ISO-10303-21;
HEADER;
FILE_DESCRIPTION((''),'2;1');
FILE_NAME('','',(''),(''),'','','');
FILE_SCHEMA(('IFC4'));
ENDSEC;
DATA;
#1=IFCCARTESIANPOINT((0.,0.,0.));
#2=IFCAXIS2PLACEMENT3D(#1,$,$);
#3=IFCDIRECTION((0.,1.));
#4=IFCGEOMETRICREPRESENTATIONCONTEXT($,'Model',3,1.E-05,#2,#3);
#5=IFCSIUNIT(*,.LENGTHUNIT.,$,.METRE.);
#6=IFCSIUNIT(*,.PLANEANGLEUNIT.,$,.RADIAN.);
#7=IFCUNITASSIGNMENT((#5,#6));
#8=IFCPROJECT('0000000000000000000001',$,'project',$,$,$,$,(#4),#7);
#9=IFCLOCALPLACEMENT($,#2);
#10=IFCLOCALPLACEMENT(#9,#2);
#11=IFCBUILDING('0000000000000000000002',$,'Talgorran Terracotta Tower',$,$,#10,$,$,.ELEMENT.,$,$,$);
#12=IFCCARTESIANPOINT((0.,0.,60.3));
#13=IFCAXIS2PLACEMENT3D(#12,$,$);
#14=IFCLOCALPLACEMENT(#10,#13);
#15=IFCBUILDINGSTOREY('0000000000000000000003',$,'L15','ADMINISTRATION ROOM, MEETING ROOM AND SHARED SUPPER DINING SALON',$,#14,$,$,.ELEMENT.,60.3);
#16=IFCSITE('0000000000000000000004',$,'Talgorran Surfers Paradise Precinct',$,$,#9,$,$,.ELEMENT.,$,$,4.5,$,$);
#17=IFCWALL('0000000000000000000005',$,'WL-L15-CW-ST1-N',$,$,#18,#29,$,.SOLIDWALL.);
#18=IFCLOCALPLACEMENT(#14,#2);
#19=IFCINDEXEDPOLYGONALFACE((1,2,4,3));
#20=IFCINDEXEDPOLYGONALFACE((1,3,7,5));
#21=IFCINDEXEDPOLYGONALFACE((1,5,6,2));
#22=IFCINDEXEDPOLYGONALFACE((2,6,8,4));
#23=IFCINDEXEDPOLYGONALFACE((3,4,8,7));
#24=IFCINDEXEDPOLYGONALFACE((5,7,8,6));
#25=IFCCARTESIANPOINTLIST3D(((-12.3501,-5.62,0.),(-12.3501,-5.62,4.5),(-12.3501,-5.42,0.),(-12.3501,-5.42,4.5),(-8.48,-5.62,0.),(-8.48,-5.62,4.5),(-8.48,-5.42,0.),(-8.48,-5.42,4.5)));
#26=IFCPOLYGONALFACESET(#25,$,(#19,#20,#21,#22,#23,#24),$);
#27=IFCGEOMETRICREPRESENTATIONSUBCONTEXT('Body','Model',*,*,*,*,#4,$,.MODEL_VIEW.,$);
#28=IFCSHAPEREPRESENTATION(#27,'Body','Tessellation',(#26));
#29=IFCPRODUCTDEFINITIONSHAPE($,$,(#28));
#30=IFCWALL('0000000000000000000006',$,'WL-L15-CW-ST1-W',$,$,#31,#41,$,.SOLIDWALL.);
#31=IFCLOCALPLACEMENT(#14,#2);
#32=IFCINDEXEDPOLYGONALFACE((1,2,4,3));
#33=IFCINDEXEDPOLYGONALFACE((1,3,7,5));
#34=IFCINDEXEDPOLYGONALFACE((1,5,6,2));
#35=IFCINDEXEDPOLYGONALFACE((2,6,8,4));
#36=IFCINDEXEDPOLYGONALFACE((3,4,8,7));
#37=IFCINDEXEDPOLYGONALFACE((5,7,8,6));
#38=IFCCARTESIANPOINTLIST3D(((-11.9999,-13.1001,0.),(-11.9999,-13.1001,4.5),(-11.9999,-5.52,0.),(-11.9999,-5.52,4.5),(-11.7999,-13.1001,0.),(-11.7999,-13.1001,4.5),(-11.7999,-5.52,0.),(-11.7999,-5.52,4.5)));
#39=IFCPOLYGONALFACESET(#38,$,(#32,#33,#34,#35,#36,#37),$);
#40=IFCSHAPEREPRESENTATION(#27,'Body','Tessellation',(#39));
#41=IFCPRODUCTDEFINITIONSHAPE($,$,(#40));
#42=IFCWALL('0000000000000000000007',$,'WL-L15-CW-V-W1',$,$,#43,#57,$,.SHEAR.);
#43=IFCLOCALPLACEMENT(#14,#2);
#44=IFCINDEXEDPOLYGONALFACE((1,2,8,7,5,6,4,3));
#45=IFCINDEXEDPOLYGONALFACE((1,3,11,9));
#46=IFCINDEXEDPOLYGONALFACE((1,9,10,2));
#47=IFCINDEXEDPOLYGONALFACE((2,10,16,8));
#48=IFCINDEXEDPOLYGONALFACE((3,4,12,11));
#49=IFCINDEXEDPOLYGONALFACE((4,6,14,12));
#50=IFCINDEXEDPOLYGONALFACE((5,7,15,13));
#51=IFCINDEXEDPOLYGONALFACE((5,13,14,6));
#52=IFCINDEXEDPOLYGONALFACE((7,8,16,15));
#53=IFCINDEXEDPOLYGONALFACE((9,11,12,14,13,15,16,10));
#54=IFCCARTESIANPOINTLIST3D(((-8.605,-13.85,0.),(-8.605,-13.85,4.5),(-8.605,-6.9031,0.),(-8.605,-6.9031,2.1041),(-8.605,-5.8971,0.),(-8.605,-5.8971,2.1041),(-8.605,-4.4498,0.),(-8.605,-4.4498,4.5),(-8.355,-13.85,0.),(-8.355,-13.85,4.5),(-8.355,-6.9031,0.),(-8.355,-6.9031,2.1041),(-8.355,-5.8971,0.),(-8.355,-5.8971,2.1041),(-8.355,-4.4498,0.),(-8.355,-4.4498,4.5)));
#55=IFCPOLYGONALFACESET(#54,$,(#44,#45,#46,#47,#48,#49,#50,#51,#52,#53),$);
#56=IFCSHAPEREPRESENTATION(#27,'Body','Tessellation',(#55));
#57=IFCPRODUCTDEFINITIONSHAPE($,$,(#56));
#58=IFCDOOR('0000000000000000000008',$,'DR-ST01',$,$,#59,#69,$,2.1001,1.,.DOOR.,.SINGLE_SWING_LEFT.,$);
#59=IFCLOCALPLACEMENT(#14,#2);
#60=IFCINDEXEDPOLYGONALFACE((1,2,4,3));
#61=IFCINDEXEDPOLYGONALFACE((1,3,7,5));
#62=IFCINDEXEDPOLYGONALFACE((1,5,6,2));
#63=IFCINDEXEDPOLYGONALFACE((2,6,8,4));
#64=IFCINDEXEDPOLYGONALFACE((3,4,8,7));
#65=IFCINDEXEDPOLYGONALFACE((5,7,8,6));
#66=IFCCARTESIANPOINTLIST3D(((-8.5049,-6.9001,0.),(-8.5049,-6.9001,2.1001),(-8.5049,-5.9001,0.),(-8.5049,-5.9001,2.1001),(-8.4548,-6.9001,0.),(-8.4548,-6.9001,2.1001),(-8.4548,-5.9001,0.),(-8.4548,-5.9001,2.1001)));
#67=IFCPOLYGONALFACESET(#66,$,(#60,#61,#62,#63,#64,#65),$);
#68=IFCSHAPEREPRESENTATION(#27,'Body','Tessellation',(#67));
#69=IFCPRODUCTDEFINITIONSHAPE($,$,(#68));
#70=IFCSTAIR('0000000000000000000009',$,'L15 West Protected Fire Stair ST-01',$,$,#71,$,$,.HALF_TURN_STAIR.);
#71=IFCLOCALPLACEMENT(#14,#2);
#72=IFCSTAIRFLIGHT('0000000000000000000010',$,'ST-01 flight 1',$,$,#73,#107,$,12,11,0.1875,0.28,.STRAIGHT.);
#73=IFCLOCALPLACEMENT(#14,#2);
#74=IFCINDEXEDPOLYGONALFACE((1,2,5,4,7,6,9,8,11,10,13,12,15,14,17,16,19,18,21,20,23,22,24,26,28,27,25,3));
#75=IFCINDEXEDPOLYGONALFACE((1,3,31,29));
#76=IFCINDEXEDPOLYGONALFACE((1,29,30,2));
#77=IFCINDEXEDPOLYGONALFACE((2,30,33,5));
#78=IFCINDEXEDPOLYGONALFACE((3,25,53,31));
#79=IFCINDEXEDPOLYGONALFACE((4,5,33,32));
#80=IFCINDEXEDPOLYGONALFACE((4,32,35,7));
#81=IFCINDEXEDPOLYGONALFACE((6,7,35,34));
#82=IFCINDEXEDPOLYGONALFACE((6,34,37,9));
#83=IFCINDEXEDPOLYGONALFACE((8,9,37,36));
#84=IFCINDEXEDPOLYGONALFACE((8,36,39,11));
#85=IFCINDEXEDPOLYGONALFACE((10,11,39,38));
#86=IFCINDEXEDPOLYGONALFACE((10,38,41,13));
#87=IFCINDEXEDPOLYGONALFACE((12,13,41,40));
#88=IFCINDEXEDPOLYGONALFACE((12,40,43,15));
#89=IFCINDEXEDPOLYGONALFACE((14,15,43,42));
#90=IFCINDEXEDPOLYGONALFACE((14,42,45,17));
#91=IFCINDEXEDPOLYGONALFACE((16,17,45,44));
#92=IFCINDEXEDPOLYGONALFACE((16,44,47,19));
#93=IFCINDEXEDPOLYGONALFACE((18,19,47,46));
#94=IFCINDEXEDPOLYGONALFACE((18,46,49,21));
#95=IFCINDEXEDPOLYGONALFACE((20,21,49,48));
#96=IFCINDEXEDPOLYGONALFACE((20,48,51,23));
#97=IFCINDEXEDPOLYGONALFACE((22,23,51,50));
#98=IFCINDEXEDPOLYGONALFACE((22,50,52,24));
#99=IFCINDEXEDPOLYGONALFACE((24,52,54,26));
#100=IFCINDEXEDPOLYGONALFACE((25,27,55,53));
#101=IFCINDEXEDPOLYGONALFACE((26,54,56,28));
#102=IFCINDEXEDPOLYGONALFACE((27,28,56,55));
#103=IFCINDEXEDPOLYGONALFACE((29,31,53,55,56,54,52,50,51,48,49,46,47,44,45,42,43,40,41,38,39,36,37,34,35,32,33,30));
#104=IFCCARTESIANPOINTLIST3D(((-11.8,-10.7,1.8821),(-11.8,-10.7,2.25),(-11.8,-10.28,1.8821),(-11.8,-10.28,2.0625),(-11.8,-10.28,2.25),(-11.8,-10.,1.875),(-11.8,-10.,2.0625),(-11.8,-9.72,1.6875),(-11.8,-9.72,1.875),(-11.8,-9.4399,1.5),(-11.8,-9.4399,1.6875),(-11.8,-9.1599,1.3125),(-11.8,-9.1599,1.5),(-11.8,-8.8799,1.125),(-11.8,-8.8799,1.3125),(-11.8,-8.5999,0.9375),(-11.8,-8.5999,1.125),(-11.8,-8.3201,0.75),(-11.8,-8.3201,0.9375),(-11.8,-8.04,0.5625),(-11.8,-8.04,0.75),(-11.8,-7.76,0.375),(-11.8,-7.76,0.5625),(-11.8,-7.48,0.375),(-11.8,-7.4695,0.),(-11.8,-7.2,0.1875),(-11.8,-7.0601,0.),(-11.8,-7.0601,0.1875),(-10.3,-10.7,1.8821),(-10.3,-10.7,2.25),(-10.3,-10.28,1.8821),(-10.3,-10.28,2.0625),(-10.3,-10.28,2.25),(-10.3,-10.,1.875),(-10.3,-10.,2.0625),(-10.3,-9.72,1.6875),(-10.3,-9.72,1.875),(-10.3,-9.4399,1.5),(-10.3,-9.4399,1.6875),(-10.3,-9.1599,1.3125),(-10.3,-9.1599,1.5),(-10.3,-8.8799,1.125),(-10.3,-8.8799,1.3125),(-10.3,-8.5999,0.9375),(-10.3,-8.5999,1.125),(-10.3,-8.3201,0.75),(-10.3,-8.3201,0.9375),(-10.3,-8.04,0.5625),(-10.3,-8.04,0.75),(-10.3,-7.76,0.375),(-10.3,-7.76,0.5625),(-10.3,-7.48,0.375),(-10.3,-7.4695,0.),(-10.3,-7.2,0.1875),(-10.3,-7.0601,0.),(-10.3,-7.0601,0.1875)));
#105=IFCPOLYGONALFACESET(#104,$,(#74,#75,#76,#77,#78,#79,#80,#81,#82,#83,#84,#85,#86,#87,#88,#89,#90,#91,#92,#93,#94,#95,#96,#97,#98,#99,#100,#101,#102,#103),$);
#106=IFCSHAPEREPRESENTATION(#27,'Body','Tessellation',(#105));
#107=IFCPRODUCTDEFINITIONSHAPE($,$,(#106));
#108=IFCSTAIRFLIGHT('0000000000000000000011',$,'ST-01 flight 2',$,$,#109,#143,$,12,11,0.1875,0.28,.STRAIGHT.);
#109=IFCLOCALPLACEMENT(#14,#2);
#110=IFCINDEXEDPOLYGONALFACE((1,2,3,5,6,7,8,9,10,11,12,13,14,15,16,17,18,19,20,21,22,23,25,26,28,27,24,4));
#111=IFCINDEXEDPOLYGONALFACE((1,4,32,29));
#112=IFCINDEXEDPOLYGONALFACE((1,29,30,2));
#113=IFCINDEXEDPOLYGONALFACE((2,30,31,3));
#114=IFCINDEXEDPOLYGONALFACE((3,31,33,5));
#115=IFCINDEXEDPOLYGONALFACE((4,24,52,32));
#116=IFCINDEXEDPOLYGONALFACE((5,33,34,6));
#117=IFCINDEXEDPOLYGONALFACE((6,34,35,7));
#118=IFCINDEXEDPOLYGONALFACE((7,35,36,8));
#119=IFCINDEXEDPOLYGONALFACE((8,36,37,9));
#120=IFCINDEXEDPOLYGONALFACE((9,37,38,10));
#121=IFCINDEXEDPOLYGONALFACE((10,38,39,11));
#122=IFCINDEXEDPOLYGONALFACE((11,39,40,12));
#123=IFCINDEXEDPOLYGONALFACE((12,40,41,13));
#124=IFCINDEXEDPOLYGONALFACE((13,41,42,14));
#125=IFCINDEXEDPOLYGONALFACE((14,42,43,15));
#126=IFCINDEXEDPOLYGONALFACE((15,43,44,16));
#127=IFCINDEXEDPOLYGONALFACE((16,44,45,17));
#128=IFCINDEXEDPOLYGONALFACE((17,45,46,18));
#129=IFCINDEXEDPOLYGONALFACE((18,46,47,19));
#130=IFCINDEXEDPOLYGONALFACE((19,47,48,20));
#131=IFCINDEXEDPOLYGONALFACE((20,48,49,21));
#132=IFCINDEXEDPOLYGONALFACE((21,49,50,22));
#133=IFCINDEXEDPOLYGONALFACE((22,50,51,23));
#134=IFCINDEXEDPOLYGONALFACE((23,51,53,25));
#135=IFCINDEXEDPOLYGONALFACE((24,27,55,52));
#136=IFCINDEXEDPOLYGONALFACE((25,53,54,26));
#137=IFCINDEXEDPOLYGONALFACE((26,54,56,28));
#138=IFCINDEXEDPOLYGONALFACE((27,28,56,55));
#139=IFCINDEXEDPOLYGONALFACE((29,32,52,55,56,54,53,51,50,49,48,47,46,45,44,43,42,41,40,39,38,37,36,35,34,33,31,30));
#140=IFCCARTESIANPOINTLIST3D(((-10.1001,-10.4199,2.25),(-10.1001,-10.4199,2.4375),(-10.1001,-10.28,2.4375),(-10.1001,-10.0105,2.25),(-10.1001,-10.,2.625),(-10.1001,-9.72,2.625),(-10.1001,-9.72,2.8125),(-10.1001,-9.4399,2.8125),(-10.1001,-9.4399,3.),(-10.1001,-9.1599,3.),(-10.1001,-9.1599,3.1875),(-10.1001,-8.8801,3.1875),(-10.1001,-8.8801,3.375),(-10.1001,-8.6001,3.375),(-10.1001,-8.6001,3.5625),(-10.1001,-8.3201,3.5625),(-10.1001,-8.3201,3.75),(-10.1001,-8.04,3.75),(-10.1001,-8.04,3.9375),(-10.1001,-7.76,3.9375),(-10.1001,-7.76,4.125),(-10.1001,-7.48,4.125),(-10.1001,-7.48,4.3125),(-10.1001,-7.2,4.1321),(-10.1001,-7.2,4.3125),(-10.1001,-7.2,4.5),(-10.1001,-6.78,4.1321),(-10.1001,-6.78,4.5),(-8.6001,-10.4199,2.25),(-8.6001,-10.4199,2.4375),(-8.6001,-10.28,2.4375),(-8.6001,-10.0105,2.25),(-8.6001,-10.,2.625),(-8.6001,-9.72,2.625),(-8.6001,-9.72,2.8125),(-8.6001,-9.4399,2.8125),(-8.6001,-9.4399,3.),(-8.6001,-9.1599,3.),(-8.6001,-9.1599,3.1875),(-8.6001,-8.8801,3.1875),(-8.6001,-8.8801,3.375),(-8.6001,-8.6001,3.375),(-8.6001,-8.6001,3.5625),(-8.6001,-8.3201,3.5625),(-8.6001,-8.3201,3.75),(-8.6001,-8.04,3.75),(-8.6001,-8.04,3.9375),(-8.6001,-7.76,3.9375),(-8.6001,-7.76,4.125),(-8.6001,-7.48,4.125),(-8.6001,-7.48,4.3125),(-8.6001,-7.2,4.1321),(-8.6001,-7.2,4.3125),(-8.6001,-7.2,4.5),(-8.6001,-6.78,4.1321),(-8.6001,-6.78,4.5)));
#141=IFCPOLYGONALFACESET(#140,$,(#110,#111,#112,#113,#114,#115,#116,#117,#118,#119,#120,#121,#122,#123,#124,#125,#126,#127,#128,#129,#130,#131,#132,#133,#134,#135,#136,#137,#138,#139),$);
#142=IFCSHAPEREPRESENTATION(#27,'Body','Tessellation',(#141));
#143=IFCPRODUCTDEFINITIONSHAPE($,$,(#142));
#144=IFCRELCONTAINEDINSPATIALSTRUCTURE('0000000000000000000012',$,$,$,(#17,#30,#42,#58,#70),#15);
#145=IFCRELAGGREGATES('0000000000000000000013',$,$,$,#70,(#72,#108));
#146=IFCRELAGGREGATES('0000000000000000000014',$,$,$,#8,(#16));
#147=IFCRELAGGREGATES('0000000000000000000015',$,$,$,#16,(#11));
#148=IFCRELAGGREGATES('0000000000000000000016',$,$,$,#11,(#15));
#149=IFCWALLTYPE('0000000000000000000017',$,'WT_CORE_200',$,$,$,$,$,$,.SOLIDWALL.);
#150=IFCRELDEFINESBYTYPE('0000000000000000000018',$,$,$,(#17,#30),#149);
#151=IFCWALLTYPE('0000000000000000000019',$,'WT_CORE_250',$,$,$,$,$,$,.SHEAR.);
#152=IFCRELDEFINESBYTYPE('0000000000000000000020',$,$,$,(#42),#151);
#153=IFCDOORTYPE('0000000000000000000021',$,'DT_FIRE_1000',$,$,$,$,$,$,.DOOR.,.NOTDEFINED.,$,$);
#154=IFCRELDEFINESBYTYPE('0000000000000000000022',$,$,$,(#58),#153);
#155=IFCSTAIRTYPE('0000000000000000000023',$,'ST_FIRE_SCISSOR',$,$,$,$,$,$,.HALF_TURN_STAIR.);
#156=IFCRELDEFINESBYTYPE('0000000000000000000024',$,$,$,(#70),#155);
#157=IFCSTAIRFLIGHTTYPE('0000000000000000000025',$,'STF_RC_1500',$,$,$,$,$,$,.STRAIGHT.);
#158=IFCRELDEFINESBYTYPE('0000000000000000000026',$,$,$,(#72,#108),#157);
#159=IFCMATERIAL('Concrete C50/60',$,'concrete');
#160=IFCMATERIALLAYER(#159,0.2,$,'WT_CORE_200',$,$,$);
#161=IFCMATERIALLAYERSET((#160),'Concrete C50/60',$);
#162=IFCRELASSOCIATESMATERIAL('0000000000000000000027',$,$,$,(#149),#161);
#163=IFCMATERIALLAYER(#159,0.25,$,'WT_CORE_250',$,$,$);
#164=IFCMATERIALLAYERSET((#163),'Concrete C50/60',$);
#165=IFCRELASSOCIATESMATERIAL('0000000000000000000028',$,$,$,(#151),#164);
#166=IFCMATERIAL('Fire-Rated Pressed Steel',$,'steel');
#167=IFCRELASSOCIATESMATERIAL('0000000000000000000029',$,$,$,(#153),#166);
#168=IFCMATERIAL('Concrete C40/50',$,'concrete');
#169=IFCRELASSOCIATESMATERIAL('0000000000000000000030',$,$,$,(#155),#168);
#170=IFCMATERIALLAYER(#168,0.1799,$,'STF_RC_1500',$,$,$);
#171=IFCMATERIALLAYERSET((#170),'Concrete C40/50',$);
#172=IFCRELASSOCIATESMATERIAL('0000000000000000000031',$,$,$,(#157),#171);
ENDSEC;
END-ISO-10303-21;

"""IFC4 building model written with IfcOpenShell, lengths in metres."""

from ifc_helpers import new_model, si_unit, direction, frame, frame_2d, origin, place, context, subcontext, project, spatial, polyline, rectangle, outline, extrude, material, layer, layer_set, type_object, element, fill, aggregate, save


model = new_model("IFC4")

# Units and contexts
model_context = context("Model", 3, precision=1e-05, world=origin(), true_north=direction((0.0, 1.0)))
body_context = subcontext(model_context, "Body", "Model", "MODEL_VIEW")
ifc_project = project(units=[si_unit("LENGTHUNIT", "METRE"), si_unit("PLANEANGLEUNIT", "RADIAN")], contexts=[model_context])

# Site, building, storey
site_placement = place(None, origin())
site = spatial("IfcSite", under=ifc_project, at=site_placement, Name="Talgorran Surfers Paradise Precinct", CompositionType="ELEMENT", RefElevation=4.5)
building_placement = place(site_placement, origin())
building = spatial("IfcBuilding", under=site, at=building_placement, Name="Talgorran Terracotta Tower", CompositionType="ELEMENT")
storey_placement = place(building_placement, frame((0.0, 0.0, 60.3)))
storey = spatial("IfcBuildingStorey", under=building, at=storey_placement, Name="L15", Description="ADMINISTRATION ROOM, MEETING ROOM AND SHARED SUPPER DINING SALON", CompositionType="ELEMENT", Elevation=60.3)

# Walls
ifc_material_1 = material(Name="Concrete C50/60", Category="concrete")
ifc_layer_1 = layer(ifc_material_1, 0.2, Name="WT_CORE_200")
ifc_layer_set_1 = layer_set([ifc_layer_1], Name="Concrete C50/60")
wall_type_1 = type_object("IfcWallType", Name="WT_CORE_200", PredefinedType="SOLIDWALL", material=ifc_layer_set_1)
wall_1_placement = place(storey_placement, frame((-12.3501, -5.52, 0.0), z_axis=(0.0, 0.0, 1.0), x_axis=(1.0, 0.0, 0.0)))
element("IfcWall", 1, at=wall_1_placement, inside=storey, type_object=wall_type_1, Name="WL-L15-CW-ST1-N", PredefinedType="SOLIDWALL", context=body_context, shape_type="SweptSolid", body=[
    extrude(rectangle(XDim=3.8701, YDim=0.2, at=frame_2d((1.9351, 0.0))), origin(), (0.0, 0.0, 1.0), 4.5),
])
wall_2_placement = place(storey_placement, frame((-11.8999, -13.1001, 0.0), z_axis=(0.0, 0.0, 1.0), x_axis=(0.0, 1.0, 0.0)))
element("IfcWall", 2, at=wall_2_placement, inside=storey, type_object=wall_type_1, Name="WL-L15-CW-ST1-W", PredefinedType="SOLIDWALL", context=body_context, shape_type="SweptSolid", body=[
    extrude(rectangle(XDim=7.5801, YDim=0.2, at=frame_2d((3.79, 0.0))), origin(), (0.0, 0.0, 1.0), 4.5),
])

# Wall, opening, door
ifc_layer_2 = layer(ifc_material_1, 0.25, Name="WT_CORE_250")
ifc_layer_set_2 = layer_set([ifc_layer_2], Name="Concrete C50/60")
wall_type_2 = type_object("IfcWallType", Name="WT_CORE_250", PredefinedType="SHEAR", material=ifc_layer_set_2)
wall_3_placement = place(storey_placement, frame((-8.48, -13.8501, 0.0), z_axis=(0.0, 0.0, 1.0), x_axis=(0.0, 1.0, 0.0)))
wall_3 = element("IfcWall", 3, at=wall_3_placement, inside=storey, type_object=wall_type_2, Name="WL-L15-CW-V-W1", PredefinedType="SHEAR", context=body_context, shape_type="SweptSolid", body=[
    extrude(rectangle(XDim=9.4001, YDim=0.25, at=frame_2d((4.7002, 0.0))), origin(), (0.0, 0.0, 1.0), 4.5),
])
opening_placement = place(wall_3_placement, frame((6.95, 0.0, 0.0)))
opening = element("IfcOpeningElement", 4, at=opening_placement, cuts=wall_3, PredefinedType="OPENING", context=body_context, shape_type="SweptSolid", body=[
    extrude(rectangle(XDim=1.006, YDim=2.1041, at=frame_2d((0.5, 1.052))), frame((0.0, 0.135, 0.0), z_axis=(0.0, -1.0, 0.0), x_axis=(1.0, 0.0, 0.0)), (0.0, 0.0, 1.0), 0.27),
])
ifc_material_2 = material(Name="Fire-Rated Pressed Steel", Category="steel")
door_type = type_object("IfcDoorType", Name="DT_FIRE_1000", OperationType="NOTDEFINED", PredefinedType="DOOR", material=ifc_material_2)
door_placement = place(opening_placement, origin())
door = element("IfcDoor", 5, at=door_placement, inside=storey, type_object=door_type, Name="DR-ST01", OperationType="SINGLE_SWING_LEFT", OverallHeight=2.1001, OverallWidth=1.0, PredefinedType="DOOR", context=body_context, shape_type="SweptSolid", body=[
    extrude(rectangle(XDim=1.0, YDim=2.1001, at=frame_2d((0.5, 1.05))), frame((0.0, 0.0249, 0.0), z_axis=(0.0, -1.0, 0.0), x_axis=(1.0, 0.0, 0.0)), (0.0, 0.0, 1.0), 0.05),
])
fill(opening, door)

# Stair, stair flights
ifc_material_3 = material(Name="Concrete C40/50", Category="concrete")
stair_type = type_object("IfcStairType", Name="ST_FIRE_SCISSOR", PredefinedType="HALF_TURN_STAIR", material=ifc_material_3)
stair_placement = place(storey_placement, origin())
stair = element("IfcStair", 6, at=stair_placement, inside=storey, type_object=stair_type, Name="L15 West Protected Fire Stair ST-01", PredefinedType="HALF_TURN_STAIR")
ifc_layer_3 = layer(ifc_material_3, 0.1799, Name="STF_RC_1500")
ifc_layer_set_3 = layer_set([ifc_layer_3], Name="Concrete C40/50")
stair_flight_type = type_object("IfcStairFlightType", Name="STF_RC_1500", PredefinedType="STRAIGHT", material=ifc_layer_set_3)
stair_flight_1_placement = place(storey_placement, frame((-11.05, -7.2, 0.0), z_axis=(0.0, 0.0, 1.0), x_axis=(0.0, -1.0, 0.0)))
stair_flight_1 = element("IfcStairFlight", 7, at=stair_flight_1_placement, type_object=stair_flight_type, Name="ST-01 flight 1", NumberOfRisers=12, NumberOfTreads=11, PredefinedType="STRAIGHT", RiserHeight=0.1875, TreadLength=0.28, context=body_context, shape_type="SweptSolid", body=[
    extrude(outline(polyline([(-0.1399, 0.0), (-0.1399, 0.1875), (0.0, 0.1875), (0.28, 0.375), (0.5601, 0.375), (0.5601, 0.5625), (0.8401, 0.5625), (0.8401, 0.75), (1.1201, 0.75), (1.1201, 0.9375), (1.3999, 0.9375), (1.3999, 1.125), (1.6799, 1.125), (1.6799, 1.3125), (1.96, 1.3125), (1.96, 1.5), (2.24, 1.5), (2.24, 1.6875), (2.52, 1.6875), (2.52, 1.875), (2.8, 1.875), (2.8, 2.0625), (3.0801, 2.0625), (3.0801, 2.25), (3.5, 2.25), (3.5, 1.8821), (3.0801, 1.8821), (0.2695, 0.0), (-0.1399, 0.0)])), frame((0.0, 0.75, 0.0), z_axis=(0.0, -1.0, 0.0), x_axis=(1.0, 0.0, 0.0)), (0.0, 0.0, 1.0), 1.5),
])
stair_flight_2_placement = place(storey_placement, frame((-9.3501, -10.28, 2.25), z_axis=(0.0, 0.0, 1.0), x_axis=(0.0, 1.0, 0.0)))
stair_flight_2 = element("IfcStairFlight", 8, at=stair_flight_2_placement, type_object=stair_flight_type, Name="ST-01 flight 2", NumberOfRisers=12, NumberOfTreads=11, PredefinedType="STRAIGHT", RiserHeight=0.1875, TreadLength=0.28, context=body_context, shape_type="SweptSolid", body=[
    extrude(outline(polyline([(-0.1399, 0.0), (-0.1399, 0.1875), (0.0, 0.1875), (0.28, 0.375), (0.5601, 0.375), (0.5601, 0.5625), (0.8401, 0.5625), (0.8401, 0.75), (1.1201, 0.75), (1.1201, 0.9375), (1.3999, 0.9375), (1.3999, 1.125), (1.6799, 1.125), (1.6799, 1.3125), (1.96, 1.3125), (1.96, 1.5), (2.24, 1.5), (2.24, 1.6875), (2.52, 1.6875), (2.52, 1.875), (2.8, 1.875), (2.8, 2.0625), (3.0801, 2.0625), (3.0801, 2.25), (3.5, 2.25), (3.5, 1.8821), (3.0801, 1.8821), (0.2695, 0.0), (-0.1399, 0.0)])), frame((0.0, 0.75, 0.0), z_axis=(0.0, -1.0, 0.0), x_axis=(1.0, 0.0, 0.0)), (0.0, 0.0, 1.0), 1.5),
])
aggregate(stair, [stair_flight_1, stair_flight_2])

save(model, "model.ifc")
